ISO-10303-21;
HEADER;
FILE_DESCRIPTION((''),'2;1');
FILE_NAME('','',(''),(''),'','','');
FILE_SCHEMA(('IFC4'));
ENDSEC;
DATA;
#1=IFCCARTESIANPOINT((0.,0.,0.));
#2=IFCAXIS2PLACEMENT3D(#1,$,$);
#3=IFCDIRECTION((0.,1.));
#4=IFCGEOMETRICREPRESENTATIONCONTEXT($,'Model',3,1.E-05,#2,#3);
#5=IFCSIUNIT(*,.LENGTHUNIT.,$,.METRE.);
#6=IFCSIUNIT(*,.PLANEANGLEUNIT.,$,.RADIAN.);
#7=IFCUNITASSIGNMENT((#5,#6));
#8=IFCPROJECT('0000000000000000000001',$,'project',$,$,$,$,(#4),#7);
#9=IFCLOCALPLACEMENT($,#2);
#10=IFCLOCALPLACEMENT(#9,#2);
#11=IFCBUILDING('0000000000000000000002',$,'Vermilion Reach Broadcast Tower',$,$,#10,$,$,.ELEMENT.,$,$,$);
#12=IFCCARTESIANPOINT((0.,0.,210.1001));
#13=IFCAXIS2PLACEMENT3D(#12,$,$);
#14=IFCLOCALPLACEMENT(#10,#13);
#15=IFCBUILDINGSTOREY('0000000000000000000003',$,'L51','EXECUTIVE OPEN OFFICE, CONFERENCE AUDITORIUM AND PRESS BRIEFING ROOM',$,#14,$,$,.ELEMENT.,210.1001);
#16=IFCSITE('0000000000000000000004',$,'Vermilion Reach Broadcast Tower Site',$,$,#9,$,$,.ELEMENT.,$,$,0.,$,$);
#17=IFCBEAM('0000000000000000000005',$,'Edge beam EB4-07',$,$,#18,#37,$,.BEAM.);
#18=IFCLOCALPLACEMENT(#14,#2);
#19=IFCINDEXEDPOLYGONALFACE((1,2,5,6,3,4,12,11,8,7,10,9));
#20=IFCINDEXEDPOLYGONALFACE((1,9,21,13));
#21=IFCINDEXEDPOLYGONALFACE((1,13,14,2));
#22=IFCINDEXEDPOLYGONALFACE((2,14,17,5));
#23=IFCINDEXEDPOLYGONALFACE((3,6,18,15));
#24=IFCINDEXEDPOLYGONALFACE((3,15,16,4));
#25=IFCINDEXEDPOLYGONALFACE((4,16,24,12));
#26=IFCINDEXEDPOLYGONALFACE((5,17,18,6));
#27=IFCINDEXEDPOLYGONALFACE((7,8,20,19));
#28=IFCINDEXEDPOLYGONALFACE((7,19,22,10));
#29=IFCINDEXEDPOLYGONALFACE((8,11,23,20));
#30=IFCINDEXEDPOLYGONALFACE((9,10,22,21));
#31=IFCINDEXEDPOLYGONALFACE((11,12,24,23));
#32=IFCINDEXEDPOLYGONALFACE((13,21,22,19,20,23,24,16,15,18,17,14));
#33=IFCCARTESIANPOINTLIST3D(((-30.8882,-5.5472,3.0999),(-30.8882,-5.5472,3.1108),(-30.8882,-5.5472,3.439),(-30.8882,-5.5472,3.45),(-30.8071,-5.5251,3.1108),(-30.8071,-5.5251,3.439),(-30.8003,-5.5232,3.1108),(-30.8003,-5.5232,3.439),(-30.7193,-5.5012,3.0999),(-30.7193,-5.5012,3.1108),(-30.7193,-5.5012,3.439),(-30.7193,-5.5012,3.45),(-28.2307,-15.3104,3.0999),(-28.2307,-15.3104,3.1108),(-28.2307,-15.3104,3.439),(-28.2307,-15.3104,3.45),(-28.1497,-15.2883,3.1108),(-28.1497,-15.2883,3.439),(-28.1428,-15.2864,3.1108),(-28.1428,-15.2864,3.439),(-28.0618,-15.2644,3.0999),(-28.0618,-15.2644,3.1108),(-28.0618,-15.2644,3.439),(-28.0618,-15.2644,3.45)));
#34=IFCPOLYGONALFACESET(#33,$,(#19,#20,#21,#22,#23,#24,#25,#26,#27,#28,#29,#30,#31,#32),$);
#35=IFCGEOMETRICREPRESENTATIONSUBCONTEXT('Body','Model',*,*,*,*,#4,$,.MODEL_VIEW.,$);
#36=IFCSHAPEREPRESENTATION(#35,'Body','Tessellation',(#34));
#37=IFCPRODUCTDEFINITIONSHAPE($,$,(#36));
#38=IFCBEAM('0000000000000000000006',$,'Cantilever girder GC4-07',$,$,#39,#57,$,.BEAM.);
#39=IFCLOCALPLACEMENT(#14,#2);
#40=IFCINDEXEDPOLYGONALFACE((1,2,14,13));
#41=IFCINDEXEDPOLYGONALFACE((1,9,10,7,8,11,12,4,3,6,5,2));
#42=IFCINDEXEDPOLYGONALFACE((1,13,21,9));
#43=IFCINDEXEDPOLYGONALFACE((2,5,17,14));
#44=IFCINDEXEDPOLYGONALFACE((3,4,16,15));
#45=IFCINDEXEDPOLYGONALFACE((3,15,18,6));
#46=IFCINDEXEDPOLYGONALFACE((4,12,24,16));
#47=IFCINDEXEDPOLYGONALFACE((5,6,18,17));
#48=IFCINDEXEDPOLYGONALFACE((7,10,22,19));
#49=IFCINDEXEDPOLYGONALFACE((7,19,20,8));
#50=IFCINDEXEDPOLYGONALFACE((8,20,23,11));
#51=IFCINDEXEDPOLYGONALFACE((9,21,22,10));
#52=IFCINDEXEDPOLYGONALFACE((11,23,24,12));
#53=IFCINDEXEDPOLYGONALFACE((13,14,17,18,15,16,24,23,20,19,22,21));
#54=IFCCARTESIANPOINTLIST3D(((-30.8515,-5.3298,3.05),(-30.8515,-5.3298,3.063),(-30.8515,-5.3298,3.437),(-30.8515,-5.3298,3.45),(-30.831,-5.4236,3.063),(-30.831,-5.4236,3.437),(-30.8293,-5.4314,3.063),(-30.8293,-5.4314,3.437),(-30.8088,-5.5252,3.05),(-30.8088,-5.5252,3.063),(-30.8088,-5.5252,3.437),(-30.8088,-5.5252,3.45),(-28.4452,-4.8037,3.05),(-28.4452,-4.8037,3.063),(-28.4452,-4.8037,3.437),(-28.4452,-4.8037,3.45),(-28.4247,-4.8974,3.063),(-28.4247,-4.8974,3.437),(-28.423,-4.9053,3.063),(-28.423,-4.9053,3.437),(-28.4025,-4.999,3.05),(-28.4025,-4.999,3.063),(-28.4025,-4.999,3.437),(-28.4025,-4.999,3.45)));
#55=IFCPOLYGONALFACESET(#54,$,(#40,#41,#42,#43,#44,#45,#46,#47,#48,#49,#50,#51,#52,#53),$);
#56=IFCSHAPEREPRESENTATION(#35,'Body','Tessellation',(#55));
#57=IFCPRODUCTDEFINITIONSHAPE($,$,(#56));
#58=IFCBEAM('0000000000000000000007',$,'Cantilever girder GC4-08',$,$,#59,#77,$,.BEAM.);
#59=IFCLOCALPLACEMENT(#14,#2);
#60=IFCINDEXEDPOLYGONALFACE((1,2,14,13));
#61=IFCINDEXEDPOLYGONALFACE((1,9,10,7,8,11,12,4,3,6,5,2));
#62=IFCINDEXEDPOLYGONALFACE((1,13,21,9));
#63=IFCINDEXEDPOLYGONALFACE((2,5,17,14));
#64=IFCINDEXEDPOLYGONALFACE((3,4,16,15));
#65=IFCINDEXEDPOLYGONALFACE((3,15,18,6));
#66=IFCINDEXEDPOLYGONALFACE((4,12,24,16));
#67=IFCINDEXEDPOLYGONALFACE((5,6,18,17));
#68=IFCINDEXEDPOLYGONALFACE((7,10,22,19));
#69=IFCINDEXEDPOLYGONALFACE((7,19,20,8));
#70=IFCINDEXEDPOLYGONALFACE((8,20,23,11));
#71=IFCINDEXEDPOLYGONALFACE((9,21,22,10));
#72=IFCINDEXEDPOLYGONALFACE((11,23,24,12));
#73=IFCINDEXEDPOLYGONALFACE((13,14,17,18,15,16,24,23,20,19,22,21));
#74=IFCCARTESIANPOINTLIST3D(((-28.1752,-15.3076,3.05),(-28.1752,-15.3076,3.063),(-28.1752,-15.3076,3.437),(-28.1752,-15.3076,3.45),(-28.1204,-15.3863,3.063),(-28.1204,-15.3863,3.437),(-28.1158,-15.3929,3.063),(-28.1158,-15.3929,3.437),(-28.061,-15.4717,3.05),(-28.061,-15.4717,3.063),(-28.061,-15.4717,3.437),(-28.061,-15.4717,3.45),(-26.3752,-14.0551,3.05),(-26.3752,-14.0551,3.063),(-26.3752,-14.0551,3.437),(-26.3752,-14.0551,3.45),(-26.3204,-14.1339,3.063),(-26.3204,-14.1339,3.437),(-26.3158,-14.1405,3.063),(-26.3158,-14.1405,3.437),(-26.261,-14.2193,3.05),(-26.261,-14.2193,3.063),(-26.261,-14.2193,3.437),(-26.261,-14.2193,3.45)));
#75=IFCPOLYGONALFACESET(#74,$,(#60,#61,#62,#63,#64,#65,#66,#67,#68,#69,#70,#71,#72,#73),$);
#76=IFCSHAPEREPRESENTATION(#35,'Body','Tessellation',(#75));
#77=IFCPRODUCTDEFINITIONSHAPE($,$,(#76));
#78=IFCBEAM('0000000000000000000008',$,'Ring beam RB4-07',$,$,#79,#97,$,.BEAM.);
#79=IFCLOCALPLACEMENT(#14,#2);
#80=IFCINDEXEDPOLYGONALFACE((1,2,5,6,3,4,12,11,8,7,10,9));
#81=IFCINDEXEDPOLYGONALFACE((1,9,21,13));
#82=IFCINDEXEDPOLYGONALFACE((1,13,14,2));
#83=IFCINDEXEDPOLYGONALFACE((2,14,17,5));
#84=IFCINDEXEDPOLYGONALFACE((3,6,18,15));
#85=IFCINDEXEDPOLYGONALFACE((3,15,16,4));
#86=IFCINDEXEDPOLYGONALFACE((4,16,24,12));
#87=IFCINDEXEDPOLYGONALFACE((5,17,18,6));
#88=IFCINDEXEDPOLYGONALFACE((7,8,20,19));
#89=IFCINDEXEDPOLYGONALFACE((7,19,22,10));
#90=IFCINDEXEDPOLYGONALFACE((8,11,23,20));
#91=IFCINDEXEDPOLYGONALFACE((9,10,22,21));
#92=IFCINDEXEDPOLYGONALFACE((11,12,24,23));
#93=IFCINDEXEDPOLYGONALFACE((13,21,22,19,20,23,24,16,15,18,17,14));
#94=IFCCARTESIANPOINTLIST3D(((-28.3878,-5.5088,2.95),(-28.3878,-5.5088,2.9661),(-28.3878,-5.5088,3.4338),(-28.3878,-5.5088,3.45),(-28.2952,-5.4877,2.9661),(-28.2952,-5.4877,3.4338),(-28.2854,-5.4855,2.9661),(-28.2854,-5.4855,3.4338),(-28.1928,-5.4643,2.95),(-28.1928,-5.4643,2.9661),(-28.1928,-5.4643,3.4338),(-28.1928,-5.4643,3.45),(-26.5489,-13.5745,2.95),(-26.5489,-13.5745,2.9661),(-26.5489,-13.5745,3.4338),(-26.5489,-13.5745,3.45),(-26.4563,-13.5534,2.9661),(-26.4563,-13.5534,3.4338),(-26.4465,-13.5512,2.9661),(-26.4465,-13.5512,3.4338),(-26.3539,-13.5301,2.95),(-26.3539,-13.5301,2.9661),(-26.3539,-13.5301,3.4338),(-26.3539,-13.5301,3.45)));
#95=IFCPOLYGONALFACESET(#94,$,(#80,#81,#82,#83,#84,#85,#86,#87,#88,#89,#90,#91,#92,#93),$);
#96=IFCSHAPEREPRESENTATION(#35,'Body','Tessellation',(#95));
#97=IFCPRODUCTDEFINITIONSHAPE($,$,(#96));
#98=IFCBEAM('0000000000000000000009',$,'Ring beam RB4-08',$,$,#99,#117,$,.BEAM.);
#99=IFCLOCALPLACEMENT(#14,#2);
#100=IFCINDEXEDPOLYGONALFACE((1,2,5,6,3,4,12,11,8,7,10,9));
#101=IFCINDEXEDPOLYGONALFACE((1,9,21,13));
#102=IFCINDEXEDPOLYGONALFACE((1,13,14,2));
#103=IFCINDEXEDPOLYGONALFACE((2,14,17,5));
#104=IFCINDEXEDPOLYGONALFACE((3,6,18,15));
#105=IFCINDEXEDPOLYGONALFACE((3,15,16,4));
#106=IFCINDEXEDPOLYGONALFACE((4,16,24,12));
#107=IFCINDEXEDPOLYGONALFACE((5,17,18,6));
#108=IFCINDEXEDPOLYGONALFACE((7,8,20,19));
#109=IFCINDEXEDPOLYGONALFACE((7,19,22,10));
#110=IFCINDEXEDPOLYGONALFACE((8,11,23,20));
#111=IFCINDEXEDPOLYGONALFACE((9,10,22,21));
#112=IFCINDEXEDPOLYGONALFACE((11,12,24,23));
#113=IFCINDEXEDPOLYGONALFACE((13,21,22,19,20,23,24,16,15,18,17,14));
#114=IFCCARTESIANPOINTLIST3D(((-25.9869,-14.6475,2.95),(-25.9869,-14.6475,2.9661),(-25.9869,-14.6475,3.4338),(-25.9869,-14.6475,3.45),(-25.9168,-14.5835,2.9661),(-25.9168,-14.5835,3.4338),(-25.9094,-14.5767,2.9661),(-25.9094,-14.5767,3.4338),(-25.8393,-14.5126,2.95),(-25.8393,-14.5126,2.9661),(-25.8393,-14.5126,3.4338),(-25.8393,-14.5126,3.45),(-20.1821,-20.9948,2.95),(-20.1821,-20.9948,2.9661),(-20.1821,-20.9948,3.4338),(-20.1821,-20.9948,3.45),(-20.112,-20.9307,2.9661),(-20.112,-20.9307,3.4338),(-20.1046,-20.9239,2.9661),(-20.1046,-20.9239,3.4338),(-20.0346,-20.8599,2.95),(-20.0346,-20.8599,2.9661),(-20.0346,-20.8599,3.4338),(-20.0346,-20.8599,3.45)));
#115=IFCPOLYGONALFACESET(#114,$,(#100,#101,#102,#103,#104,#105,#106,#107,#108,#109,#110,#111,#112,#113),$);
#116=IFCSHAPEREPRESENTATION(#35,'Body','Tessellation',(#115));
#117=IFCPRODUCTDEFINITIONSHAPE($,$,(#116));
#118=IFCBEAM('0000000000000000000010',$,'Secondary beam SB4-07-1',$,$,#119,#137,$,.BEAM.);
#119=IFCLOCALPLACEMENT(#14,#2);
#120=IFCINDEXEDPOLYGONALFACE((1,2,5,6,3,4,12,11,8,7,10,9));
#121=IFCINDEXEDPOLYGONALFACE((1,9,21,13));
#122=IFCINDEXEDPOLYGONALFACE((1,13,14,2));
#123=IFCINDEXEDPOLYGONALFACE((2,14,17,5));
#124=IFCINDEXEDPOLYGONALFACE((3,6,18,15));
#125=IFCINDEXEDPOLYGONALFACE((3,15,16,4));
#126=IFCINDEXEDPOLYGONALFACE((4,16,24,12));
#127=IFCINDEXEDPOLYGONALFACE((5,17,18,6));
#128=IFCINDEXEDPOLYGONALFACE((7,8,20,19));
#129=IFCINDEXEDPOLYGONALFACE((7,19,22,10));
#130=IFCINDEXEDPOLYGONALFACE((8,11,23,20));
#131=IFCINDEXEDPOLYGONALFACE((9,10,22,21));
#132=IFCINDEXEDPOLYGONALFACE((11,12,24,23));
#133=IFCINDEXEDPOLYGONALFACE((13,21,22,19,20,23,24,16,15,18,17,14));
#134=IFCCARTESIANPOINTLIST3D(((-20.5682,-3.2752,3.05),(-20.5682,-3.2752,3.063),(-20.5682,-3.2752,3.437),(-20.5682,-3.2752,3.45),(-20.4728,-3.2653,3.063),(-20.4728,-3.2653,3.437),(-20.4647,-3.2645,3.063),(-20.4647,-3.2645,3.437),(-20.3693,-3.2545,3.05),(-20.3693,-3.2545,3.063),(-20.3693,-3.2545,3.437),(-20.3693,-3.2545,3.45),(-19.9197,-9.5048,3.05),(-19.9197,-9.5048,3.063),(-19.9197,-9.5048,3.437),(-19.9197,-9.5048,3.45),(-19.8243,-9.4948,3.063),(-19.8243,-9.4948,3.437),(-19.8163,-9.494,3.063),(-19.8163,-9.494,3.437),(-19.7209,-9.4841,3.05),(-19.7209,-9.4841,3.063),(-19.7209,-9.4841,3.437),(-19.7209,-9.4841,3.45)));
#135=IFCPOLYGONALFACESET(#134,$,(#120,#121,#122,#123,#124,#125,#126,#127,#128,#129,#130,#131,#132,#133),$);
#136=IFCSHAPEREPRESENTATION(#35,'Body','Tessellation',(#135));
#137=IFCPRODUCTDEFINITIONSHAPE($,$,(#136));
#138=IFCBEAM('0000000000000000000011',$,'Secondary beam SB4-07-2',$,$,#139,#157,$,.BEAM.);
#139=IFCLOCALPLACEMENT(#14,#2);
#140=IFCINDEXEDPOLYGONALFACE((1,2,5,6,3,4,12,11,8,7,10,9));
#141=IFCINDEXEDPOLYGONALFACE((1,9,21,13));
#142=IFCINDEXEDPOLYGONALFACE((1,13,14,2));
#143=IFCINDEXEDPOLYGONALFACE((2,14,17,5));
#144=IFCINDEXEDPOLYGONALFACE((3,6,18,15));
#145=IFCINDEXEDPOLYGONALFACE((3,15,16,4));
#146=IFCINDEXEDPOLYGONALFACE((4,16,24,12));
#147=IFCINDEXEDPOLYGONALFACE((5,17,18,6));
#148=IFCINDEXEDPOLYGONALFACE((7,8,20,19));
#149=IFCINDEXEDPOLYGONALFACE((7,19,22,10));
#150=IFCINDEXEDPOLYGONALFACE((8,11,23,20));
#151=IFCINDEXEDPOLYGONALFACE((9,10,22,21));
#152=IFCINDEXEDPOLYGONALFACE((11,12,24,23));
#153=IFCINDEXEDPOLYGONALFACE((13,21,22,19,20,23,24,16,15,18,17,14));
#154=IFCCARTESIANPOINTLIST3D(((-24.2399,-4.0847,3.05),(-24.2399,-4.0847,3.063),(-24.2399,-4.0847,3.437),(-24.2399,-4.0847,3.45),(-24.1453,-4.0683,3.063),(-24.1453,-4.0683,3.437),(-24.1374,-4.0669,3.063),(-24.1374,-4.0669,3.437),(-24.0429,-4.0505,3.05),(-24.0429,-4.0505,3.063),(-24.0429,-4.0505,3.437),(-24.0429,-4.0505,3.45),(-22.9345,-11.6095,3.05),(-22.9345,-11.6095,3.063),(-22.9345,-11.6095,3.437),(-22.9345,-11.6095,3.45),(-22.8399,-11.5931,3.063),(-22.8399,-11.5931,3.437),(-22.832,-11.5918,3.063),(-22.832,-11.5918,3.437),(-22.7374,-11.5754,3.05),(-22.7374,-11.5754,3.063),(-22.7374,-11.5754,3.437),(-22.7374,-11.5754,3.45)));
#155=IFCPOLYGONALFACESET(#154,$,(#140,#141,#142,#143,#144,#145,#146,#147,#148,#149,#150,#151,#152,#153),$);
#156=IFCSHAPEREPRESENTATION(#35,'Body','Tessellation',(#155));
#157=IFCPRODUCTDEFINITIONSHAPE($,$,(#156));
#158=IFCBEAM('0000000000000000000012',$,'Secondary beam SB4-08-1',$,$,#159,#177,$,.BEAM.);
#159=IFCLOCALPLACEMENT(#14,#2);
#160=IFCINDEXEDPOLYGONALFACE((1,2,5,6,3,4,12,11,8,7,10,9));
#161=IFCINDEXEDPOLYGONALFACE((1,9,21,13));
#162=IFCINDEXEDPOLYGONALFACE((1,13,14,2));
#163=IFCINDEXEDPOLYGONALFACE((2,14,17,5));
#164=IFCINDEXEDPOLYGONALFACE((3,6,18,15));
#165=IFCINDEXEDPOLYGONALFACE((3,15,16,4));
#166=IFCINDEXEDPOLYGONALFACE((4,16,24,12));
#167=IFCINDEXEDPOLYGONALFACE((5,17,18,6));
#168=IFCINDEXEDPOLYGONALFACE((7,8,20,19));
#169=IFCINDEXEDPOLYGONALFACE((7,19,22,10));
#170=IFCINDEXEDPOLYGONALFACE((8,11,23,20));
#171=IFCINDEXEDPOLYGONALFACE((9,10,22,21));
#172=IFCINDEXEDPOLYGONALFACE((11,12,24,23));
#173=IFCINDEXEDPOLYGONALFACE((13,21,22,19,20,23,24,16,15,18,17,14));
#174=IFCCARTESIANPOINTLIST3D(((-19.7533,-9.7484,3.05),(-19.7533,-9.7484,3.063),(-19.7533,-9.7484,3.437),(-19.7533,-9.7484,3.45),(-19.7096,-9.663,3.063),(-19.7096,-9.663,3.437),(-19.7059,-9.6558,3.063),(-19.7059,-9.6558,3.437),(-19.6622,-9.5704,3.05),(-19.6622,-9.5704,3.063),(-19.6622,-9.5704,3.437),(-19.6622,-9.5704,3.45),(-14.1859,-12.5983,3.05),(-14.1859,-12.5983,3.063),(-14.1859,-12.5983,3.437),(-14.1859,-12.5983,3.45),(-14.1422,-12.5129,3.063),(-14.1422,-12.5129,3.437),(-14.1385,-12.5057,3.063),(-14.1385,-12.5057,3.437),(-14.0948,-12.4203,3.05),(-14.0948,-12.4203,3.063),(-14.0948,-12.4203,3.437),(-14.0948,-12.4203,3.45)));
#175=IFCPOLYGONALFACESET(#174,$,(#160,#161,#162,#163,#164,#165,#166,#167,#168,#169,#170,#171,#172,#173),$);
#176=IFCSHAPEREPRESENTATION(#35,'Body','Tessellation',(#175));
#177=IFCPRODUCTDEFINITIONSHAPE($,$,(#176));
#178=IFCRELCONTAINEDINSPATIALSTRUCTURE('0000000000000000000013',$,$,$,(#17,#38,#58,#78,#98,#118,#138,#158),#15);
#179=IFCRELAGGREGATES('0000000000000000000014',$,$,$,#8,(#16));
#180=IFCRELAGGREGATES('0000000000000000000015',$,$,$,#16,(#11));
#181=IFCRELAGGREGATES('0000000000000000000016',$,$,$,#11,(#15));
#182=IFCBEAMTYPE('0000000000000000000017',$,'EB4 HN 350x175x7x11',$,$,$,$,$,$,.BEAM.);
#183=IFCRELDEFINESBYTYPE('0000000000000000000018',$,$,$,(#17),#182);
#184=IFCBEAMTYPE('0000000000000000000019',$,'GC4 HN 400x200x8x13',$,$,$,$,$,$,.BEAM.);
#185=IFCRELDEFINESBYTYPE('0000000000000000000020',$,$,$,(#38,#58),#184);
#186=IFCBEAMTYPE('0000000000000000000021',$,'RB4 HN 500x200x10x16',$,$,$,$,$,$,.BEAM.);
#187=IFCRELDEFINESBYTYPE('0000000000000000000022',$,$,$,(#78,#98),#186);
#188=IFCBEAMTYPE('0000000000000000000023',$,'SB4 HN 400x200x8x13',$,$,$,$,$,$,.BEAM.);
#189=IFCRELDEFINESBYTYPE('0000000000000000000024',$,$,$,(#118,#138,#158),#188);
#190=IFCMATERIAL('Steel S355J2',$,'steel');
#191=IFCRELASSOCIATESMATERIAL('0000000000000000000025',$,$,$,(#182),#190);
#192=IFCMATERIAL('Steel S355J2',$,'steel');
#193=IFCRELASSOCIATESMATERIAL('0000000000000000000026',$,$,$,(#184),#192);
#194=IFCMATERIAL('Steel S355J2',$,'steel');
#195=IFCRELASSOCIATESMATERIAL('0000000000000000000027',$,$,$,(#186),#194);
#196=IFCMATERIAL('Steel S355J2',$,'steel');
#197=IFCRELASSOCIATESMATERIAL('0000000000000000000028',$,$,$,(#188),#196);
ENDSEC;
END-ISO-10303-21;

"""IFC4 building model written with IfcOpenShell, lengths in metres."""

from ifc_helpers import new_model, si_unit, direction, frame, origin, origin_2d, place, context, subcontext, project, spatial, i_section, extrude, material, material_profile, profile_set, type_object, element, save


model = new_model("IFC4")

# Units and contexts
model_context = context("Model", 3, precision=1e-05, world=origin(), true_north=direction((0.0, 1.0)))
body_context = subcontext(model_context, "Body", "Model", "MODEL_VIEW")
ifc_project = project(units=[si_unit("LENGTHUNIT", "METRE"), si_unit("PLANEANGLEUNIT", "RADIAN")], contexts=[model_context])

# Site, building, storey
site_placement = place(None, origin())
site = spatial("IfcSite", under=ifc_project, at=site_placement, Name="Vermilion Reach Broadcast Tower Site", CompositionType="ELEMENT", RefElevation=0.0)
building_placement = place(site_placement, origin())
building = spatial("IfcBuilding", under=site, at=building_placement, Name="Vermilion Reach Broadcast Tower", CompositionType="ELEMENT")
storey_placement = place(building_placement, frame((0.0, 0.0, 210.1001)))
storey = spatial("IfcBuildingStorey", under=building, at=storey_placement, Name="L51", Description="EXECUTIVE OPEN OFFICE, CONFERENCE AUDITORIUM AND PRESS BRIEFING ROOM", CompositionType="ELEMENT", Elevation=210.1001)

# Beams
ifc_material_1 = material(Name="Steel S355J2", Category="steel")
ifc_material_profile_1 = material_profile(ifc_material_1, i_section(OverallWidth=0.175, OverallDepth=0.3501, WebThickness=0.0071, FlangeThickness=0.011, at=origin_2d()), Name="S355J2 HN 350x175x7x11")
ifc_profile_set_1 = profile_set([ifc_material_profile_1], Name="Steel S355J2")
beam_type_1 = type_object("IfcBeamType", Name="EB4 HN 350x175x7x11", PredefinedType="BEAM", material=ifc_profile_set_1)
beam_1_placement = place(storey_placement, frame((-30.8037, -5.5242, 3.2749), z_axis=(0.262638, -0.964895, 0.0), x_axis=(0.964895, 0.262638, 0.0)))
element("IfcBeam", 1, at=beam_1_placement, inside=storey, type_object=beam_type_1, Name="Edge beam EB4-07", PredefinedType="BEAM", context=body_context, shape_type="SweptSolid", body=[
    extrude(i_section(OverallWidth=0.175, OverallDepth=0.3501, WebThickness=0.0071, FlangeThickness=0.011, at=origin_2d()), origin(), (0.0, 0.0, 1.0), 10.1184),
])
ifc_material_2 = material(Name="Steel S355J2", Category="steel")
ifc_material_profile_2 = material_profile(ifc_material_2, i_section(OverallWidth=0.2, OverallDepth=0.3999, WebThickness=0.0081, FlangeThickness=0.0129, at=origin_2d()), Name="S355J2 HN 400x200x8x13")
ifc_profile_set_2 = profile_set([ifc_material_profile_2], Name="Steel S355J2")
beam_type_2 = type_object("IfcBeamType", Name="GC4 HN 400x200x8x13", PredefinedType="BEAM", material=ifc_profile_set_2)
beam_2_placement = place(storey_placement, frame((-28.4238, -4.9014, 3.25), z_axis=(-0.976921, -0.213602, 0.0), x_axis=(0.213602, -0.976921, 0.0)))
element("IfcBeam", 2, at=beam_2_placement, inside=storey, type_object=beam_type_2, Name="Cantilever girder GC4-07", PredefinedType="BEAM", context=body_context, shape_type="SweptSolid", body=[
    extrude(i_section(OverallWidth=0.2, OverallDepth=0.3999, WebThickness=0.0081, FlangeThickness=0.0129, at=origin_2d()), origin(), (0.0, 0.0, 1.0), 2.4631),
])
beam_3_placement = place(storey_placement, frame((-26.3181, -14.1372, 3.25), z_axis=(-0.820855, -0.571136, 0.0), x_axis=(0.571136, -0.820855, 0.0)))
element("IfcBeam", 3, at=beam_3_placement, inside=storey, type_object=beam_type_2, Name="Cantilever girder GC4-08", PredefinedType="BEAM", context=body_context, shape_type="SweptSolid", body=[
    extrude(i_section(OverallWidth=0.2, OverallDepth=0.3999, WebThickness=0.0081, FlangeThickness=0.0129, at=origin_2d()), origin(), (0.0, 0.0, 1.0), 2.1929),
])
ifc_material_3 = material(Name="Steel S355J2", Category="steel")
ifc_material_profile_3 = material_profile(ifc_material_3, i_section(OverallWidth=0.2, OverallDepth=0.5, WebThickness=0.01, FlangeThickness=0.0161, at=origin_2d()), Name="S355J2 HN 500x200x10x16")
ifc_profile_set_3 = profile_set([ifc_material_profile_3], Name="Steel S355J2")
beam_type_3 = type_object("IfcBeamType", Name="RB4 HN 500x200x10x16", PredefinedType="BEAM", material=ifc_profile_set_3)
beam_4_placement = place(storey_placement, frame((-28.2903, -5.4866, 3.2), z_axis=(0.222283, -0.974982, 0.0), x_axis=(0.974982, 0.222283, 0.0)))
element("IfcBeam", 4, at=beam_4_placement, inside=storey, type_object=beam_type_3, Name="Ring beam RB4-07", PredefinedType="BEAM", context=body_context, shape_type="SweptSolid", body=[
    extrude(i_section(OverallWidth=0.2, OverallDepth=0.5, WebThickness=0.01, FlangeThickness=0.0161, at=origin_2d()), origin(), (0.0, 0.0, 1.0), 8.2727),
])
beam_5_placement = place(storey_placement, frame((-25.9131, -14.5801, 3.2), z_axis=(0.674868, -0.737938, 0.0), x_axis=(0.737938, 0.674868, 0.0)))
element("IfcBeam", 5, at=beam_5_placement, inside=storey, type_object=beam_type_3, Name="Ring beam RB4-08", PredefinedType="BEAM", context=body_context, shape_type="SweptSolid", body=[
    extrude(i_section(OverallWidth=0.2, OverallDepth=0.5, WebThickness=0.01, FlangeThickness=0.0161, at=origin_2d()), origin(), (0.0, 0.0, 1.0), 8.6013),
])
ifc_material_4 = material(Name="Steel S355J2", Category="steel")
ifc_material_profile_4 = material_profile(ifc_material_4, i_section(OverallWidth=0.2, OverallDepth=0.3999, WebThickness=0.0081, FlangeThickness=0.0129, at=origin_2d()), Name="S355J2 HN 400x200x8x13")
ifc_profile_set_4 = profile_set([ifc_material_profile_4], Name="Steel S355J2")
beam_type_4 = type_object("IfcBeamType", Name="SB4 HN 400x200x8x13", PredefinedType="BEAM", material=ifc_profile_set_4)
beam_6_placement = place(storey_placement, frame((-20.4688, -3.2649, 3.25), z_axis=(0.103532, -0.994626, 0.0), x_axis=(0.994626, 0.103532, 0.0)))
element("IfcBeam", 6, at=beam_6_placement, inside=storey, type_object=beam_type_4, Name="Secondary beam SB4-07-1", PredefinedType="BEAM", context=body_context, shape_type="SweptSolid", body=[
    extrude(i_section(OverallWidth=0.2, OverallDepth=0.3999, WebThickness=0.0081, FlangeThickness=0.0129, at=origin_2d()), origin(), (0.0, 0.0, 1.0), 6.2632),
])
beam_7_placement = place(storey_placement, frame((-24.1414, -4.0676, 3.25), z_axis=(0.170927, -0.985284, 0.0), x_axis=(0.985284, 0.170927, 0.0)))
element("IfcBeam", 7, at=beam_7_placement, inside=storey, type_object=beam_type_4, Name="Secondary beam SB4-07-2", PredefinedType="BEAM", context=body_context, shape_type="SweptSolid", body=[
    extrude(i_section(OverallWidth=0.2, OverallDepth=0.3999, WebThickness=0.0081, FlangeThickness=0.0129, at=origin_2d()), origin(), (0.0, 0.0, 1.0), 7.6372),
])
beam_8_placement = place(storey_placement, frame((-19.7078, -9.6594, 3.25), z_axis=(0.890156, -0.455656, 0.0), x_axis=(0.455656, 0.890156, 0.0)))
element("IfcBeam", 8, at=beam_8_placement, inside=storey, type_object=beam_type_4, Name="Secondary beam SB4-08-1", PredefinedType="BEAM", context=body_context, shape_type="SweptSolid", body=[
    extrude(i_section(OverallWidth=0.2, OverallDepth=0.3999, WebThickness=0.0081, FlangeThickness=0.0129, at=origin_2d()), origin(), (0.0, 0.0, 1.0), 6.2544),
])

save(model, "model.ifc")
